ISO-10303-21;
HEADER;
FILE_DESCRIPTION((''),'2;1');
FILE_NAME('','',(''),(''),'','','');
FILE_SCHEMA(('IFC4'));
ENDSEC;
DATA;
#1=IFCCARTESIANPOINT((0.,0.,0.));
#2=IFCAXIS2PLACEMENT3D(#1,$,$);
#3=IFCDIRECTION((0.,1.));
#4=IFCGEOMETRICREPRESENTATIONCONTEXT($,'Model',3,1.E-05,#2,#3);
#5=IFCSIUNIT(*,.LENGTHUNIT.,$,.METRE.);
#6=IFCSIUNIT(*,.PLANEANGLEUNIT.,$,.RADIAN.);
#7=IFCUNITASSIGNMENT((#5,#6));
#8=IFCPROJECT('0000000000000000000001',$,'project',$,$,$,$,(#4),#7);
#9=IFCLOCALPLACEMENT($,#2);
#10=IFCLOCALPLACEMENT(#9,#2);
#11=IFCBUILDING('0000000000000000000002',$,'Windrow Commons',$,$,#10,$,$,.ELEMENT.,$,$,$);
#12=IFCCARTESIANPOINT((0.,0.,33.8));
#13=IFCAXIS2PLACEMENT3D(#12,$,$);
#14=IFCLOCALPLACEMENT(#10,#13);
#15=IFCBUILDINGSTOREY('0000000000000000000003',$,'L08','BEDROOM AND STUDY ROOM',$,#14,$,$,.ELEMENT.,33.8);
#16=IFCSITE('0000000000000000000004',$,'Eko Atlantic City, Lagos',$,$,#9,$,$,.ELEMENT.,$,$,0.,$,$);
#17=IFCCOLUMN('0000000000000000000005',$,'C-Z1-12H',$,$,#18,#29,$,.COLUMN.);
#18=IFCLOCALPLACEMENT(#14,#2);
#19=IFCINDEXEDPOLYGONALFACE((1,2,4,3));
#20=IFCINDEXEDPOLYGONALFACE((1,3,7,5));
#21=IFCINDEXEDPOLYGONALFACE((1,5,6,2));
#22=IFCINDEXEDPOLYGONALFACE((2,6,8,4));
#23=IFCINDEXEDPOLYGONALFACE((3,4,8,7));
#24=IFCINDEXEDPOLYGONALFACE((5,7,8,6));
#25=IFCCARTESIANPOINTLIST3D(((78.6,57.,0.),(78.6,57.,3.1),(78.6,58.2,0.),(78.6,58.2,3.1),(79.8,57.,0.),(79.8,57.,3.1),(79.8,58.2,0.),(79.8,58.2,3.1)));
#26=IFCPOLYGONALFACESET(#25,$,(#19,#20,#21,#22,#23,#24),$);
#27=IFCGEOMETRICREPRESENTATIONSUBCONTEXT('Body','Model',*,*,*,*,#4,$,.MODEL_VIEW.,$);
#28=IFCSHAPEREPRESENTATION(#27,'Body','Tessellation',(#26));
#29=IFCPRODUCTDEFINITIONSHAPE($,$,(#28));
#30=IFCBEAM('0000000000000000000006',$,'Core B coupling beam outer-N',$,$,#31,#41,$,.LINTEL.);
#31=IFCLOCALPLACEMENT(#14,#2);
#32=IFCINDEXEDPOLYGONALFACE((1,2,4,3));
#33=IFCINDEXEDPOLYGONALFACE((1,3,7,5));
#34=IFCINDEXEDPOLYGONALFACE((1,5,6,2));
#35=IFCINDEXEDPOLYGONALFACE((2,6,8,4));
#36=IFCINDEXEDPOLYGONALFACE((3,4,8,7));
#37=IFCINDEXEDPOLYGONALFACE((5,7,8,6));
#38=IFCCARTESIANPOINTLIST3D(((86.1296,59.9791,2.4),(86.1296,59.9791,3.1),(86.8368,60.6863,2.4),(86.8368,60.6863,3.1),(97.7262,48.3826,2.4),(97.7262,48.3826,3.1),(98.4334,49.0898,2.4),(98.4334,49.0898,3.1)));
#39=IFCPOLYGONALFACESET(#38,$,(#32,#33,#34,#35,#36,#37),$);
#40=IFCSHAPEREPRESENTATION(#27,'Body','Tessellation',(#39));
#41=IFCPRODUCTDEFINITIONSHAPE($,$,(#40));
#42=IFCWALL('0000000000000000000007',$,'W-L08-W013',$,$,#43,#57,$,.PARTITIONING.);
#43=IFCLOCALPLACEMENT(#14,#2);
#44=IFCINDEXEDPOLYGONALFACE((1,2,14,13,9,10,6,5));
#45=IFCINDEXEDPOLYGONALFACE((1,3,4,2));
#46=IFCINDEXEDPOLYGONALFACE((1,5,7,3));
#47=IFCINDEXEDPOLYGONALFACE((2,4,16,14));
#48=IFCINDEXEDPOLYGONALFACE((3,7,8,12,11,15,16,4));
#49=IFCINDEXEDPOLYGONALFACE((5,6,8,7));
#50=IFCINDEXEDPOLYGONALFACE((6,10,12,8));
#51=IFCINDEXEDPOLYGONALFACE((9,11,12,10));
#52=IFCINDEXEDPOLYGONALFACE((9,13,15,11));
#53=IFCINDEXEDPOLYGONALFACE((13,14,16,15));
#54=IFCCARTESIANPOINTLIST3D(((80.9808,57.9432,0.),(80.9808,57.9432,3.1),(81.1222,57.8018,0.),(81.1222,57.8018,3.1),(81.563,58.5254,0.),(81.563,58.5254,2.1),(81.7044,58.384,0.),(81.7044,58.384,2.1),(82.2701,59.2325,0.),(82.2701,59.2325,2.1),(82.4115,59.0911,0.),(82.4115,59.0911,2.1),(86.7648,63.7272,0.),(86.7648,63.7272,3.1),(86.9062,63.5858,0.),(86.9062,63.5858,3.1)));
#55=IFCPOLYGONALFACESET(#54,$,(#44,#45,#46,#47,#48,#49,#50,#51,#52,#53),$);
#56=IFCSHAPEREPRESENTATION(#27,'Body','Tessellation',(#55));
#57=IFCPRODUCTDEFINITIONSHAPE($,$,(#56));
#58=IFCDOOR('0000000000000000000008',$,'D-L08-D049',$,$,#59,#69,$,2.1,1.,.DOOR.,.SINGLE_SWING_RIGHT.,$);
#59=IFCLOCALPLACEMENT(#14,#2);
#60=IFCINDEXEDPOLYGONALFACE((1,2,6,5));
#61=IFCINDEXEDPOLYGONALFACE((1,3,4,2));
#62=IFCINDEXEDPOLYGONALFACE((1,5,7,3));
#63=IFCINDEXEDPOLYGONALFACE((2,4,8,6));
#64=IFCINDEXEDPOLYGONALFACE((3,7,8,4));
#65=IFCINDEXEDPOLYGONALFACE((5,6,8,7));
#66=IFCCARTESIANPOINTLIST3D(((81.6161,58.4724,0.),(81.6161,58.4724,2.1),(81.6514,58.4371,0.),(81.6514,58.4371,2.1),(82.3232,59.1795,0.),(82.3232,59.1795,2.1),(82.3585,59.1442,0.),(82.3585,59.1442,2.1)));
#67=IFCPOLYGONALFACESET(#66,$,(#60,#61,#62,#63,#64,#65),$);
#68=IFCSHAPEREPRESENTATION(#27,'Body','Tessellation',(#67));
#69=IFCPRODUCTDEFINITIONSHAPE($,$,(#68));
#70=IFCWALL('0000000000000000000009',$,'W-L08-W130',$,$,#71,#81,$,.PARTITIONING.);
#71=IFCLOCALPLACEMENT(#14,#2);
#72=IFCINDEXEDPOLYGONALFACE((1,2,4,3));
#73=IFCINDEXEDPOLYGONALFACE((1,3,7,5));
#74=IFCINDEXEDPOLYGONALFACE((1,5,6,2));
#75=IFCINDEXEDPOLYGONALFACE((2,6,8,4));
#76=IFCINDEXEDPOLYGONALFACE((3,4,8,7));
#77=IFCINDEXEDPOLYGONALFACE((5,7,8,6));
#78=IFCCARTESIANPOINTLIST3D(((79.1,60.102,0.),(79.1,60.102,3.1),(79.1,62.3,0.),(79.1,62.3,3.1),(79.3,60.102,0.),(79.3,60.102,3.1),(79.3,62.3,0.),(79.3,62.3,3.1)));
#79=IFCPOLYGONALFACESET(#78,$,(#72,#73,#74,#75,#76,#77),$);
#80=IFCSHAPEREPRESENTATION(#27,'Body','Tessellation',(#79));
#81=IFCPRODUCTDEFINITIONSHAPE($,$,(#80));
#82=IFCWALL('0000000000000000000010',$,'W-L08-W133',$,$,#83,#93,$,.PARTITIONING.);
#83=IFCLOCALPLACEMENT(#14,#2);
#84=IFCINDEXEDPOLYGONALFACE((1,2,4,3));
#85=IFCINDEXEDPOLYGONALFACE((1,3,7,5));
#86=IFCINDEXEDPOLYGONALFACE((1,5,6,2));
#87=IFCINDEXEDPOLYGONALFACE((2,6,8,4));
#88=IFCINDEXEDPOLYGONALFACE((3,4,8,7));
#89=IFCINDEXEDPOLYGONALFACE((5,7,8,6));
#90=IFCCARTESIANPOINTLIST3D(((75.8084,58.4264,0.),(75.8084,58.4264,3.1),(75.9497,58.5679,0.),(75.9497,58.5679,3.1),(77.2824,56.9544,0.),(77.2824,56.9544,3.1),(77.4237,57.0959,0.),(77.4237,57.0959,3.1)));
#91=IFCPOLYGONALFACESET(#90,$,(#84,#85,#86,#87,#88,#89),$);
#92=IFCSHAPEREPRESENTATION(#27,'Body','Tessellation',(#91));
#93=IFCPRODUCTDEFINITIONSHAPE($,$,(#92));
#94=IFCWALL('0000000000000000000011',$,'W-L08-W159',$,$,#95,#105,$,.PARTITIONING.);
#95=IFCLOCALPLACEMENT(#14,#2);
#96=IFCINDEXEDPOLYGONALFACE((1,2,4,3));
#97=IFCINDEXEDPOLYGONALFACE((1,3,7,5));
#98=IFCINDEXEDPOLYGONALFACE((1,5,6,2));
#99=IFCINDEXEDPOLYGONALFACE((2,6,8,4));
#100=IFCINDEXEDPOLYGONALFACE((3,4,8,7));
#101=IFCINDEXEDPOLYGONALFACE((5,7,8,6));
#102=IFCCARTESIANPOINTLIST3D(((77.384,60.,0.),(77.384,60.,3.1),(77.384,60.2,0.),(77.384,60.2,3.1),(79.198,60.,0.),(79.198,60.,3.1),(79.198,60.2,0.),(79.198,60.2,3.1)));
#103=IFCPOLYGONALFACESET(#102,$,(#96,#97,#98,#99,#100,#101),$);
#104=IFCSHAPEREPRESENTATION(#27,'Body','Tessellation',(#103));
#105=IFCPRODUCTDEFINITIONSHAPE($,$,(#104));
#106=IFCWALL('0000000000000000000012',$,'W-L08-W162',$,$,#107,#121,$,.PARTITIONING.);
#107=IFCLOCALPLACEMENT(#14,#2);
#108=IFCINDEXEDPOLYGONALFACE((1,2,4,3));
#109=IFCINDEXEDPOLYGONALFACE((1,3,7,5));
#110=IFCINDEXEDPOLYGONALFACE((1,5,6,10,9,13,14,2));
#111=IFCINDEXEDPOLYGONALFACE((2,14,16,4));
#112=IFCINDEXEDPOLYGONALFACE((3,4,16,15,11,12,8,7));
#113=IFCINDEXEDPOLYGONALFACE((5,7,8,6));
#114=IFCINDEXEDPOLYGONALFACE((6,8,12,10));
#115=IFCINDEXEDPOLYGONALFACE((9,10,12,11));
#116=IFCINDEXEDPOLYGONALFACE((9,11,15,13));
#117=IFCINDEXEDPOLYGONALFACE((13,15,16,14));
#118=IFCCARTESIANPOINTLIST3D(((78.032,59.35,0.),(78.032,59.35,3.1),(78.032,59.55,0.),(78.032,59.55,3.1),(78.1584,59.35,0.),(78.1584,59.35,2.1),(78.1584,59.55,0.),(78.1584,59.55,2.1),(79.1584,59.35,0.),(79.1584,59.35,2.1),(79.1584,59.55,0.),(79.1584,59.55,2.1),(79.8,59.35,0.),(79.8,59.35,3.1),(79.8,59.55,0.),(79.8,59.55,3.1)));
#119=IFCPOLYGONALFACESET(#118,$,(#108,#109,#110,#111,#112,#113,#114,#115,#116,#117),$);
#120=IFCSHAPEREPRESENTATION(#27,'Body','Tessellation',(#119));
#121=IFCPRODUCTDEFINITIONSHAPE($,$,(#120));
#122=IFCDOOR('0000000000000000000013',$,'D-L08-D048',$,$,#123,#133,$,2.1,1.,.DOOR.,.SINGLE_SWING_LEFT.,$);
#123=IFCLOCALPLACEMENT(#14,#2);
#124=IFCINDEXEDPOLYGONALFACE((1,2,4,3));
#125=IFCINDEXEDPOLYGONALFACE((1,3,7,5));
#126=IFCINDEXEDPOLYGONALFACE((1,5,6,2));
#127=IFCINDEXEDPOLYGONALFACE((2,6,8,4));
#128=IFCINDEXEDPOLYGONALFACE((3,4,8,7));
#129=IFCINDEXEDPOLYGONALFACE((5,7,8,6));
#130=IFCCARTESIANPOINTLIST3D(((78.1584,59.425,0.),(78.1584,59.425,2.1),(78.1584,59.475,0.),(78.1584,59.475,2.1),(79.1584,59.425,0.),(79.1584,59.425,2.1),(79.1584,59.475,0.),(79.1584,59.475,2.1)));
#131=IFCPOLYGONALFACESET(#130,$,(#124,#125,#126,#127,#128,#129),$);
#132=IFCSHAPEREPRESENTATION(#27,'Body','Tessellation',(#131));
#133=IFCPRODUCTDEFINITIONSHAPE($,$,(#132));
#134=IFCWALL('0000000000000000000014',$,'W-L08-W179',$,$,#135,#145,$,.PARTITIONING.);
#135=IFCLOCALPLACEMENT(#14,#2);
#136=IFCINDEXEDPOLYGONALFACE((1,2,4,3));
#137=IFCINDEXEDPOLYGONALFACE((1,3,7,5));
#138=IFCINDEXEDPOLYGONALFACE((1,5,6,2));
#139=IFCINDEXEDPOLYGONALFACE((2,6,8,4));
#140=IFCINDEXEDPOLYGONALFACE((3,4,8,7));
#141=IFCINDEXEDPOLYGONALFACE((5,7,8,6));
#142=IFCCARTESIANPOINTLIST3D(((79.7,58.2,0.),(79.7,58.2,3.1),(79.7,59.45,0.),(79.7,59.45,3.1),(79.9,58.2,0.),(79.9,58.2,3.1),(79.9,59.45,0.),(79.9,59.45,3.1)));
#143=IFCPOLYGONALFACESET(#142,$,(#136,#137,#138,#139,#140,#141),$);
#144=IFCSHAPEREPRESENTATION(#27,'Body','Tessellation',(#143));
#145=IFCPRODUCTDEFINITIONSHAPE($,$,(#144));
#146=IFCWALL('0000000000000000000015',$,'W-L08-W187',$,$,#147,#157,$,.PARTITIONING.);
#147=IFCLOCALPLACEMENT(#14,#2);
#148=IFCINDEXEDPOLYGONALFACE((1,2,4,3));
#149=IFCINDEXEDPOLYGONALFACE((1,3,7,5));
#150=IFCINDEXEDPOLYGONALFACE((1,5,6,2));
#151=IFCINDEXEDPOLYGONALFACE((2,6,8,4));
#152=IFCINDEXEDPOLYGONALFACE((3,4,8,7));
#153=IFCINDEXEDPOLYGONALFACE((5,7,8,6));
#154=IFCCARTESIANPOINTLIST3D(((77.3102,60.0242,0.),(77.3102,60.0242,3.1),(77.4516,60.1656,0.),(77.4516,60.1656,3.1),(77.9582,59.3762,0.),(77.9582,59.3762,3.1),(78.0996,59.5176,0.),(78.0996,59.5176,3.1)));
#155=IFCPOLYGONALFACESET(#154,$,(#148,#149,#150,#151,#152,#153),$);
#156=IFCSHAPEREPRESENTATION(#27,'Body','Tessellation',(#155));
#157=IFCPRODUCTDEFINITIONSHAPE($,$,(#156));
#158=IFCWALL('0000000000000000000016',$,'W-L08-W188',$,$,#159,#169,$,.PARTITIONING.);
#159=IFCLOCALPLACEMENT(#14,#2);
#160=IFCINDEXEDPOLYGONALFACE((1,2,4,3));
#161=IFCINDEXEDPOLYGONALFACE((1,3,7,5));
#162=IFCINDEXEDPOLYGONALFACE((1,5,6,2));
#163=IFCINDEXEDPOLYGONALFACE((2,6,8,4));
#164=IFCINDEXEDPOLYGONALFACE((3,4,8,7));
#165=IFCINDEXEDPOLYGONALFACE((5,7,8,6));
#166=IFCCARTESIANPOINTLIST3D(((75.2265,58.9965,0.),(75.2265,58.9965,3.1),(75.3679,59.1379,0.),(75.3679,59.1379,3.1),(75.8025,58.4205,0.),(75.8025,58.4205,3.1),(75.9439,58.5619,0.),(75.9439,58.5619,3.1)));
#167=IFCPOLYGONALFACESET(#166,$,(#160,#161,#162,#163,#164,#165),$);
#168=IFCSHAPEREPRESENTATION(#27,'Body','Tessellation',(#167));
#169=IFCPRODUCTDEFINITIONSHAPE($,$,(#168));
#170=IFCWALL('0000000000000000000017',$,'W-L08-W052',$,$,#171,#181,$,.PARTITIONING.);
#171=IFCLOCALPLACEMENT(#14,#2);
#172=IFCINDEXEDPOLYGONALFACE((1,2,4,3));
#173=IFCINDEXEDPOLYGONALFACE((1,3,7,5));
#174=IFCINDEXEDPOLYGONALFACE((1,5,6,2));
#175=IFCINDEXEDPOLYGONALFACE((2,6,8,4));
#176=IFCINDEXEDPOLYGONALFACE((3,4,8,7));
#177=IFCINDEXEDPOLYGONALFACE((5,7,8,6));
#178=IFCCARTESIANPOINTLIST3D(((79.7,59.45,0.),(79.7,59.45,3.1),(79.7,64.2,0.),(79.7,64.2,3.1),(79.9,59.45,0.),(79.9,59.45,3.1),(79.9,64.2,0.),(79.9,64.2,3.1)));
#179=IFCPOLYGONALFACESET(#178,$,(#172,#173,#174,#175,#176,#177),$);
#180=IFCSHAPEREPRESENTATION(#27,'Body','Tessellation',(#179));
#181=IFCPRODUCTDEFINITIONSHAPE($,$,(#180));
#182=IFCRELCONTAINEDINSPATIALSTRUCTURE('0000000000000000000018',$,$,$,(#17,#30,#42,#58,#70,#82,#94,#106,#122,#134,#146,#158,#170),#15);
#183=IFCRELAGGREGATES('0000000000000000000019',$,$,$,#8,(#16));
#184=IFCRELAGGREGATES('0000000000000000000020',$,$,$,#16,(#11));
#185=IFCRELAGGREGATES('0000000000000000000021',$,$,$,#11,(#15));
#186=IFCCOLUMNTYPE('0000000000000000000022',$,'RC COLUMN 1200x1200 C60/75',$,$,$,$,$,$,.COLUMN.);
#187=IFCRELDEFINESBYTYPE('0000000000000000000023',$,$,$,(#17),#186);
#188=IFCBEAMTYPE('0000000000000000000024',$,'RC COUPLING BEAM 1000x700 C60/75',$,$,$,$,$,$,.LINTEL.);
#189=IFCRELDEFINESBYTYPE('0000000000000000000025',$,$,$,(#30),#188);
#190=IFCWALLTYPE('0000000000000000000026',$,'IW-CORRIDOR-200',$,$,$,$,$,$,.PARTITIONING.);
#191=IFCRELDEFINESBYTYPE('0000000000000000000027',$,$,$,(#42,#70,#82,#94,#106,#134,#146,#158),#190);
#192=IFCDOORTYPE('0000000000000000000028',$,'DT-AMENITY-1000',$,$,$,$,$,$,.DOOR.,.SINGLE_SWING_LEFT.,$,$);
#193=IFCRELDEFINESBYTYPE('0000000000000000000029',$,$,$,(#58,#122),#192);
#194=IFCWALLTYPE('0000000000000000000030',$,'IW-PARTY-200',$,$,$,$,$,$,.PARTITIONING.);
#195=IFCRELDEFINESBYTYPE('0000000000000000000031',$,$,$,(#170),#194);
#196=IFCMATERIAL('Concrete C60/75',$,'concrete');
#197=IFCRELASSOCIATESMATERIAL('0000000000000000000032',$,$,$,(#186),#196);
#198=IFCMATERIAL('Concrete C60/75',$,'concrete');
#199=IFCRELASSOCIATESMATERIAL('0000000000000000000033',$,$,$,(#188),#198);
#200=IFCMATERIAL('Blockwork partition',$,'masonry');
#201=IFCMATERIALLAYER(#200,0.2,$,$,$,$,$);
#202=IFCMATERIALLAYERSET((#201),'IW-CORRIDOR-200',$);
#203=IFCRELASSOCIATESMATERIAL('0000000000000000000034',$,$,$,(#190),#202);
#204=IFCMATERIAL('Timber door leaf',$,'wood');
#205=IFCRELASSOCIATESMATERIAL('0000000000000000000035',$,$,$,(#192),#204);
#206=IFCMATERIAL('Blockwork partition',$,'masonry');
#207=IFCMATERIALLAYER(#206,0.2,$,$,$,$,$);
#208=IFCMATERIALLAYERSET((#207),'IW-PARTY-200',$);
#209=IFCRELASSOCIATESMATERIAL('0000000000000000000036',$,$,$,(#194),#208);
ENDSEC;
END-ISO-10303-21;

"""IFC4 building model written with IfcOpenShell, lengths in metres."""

from ifc_helpers import new_model, si_unit, direction, frame, frame_2d, origin, origin_2d, place, context, subcontext, project, spatial, rectangle, extrude, material, layer, layer_set, material_profile, profile_set, type_object, element, fill, save


model = new_model("IFC4")

# Units and contexts
model_context = context("Model", 3, precision=1e-05, world=origin(), true_north=direction((0.0, 1.0)))
body_context = subcontext(model_context, "Body", "Model", "MODEL_VIEW")
ifc_project = project(units=[si_unit("LENGTHUNIT", "METRE"), si_unit("PLANEANGLEUNIT", "RADIAN")], contexts=[model_context])

# Site, building, storey
site_placement = place(None, origin())
site = spatial("IfcSite", under=ifc_project, at=site_placement, Name="Eko Atlantic City, Lagos", CompositionType="ELEMENT", RefElevation=0.0)
building_placement = place(site_placement, origin())
building = spatial("IfcBuilding", under=site, at=building_placement, Name="Windrow Commons", CompositionType="ELEMENT")
storey_placement = place(building_placement, frame((0.0, 0.0, 33.8)))
storey = spatial("IfcBuildingStorey", under=building, at=storey_placement, Name="L08", Description="BEDROOM AND STUDY ROOM", CompositionType="ELEMENT", Elevation=33.8)

# Column
ifc_material_1 = material(Name="Concrete C60/75", Category="concrete")
ifc_material_profile_1 = material_profile(ifc_material_1, rectangle(XDim=1.2, YDim=1.2, at=origin_2d()))
ifc_profile_set_1 = profile_set([ifc_material_profile_1], Name="Concrete C60/75")
column_type = type_object("IfcColumnType", Name="RC COLUMN 1200x1200 C60/75", PredefinedType="COLUMN", material=ifc_profile_set_1)
column_placement = place(storey_placement, frame((79.2, 57.6, 0.0), z_axis=(0.0, 0.0, 1.0), x_axis=(1.0, 0.0, 0.0)))
element("IfcColumn", 1, at=column_placement, inside=storey, type_object=column_type, Name="C-Z1-12H", PredefinedType="COLUMN", context=body_context, shape_type="SweptSolid", body=[
    extrude(rectangle(XDim=1.2, YDim=1.2, at=origin_2d()), origin(), (0.0, 0.0, 1.0), 3.1),
])

# Beam
ifc_material_2 = material(Name="Concrete C60/75", Category="concrete")
ifc_material_profile_2 = material_profile(ifc_material_2, rectangle(XDim=1.0, YDim=0.7, at=origin_2d()))
ifc_profile_set_2 = profile_set([ifc_material_profile_2], Name="Concrete C60/75")
beam_type = type_object("IfcBeamType", Name="RC COUPLING BEAM 1000x700 C60/75", PredefinedType="LINTEL", material=ifc_profile_set_2)
beam_placement = place(storey_placement, frame((86.4832, 60.3327, 2.75), z_axis=(0.70711, -0.707104, 0.0), x_axis=(0.707104, 0.70711, 0.0)))
element("IfcBeam", 2, at=beam_placement, inside=storey, type_object=beam_type, Name="Core B coupling beam outer-N", PredefinedType="LINTEL", context=body_context, shape_type="SweptSolid", body=[
    extrude(rectangle(XDim=1.0, YDim=0.7, at=origin_2d()), origin(), (0.0, 0.0, 1.0), 16.4),
])

# Wall, opening, door
ifc_material_3 = material(Name="Blockwork partition", Category="masonry")
ifc_layer_1 = layer(ifc_material_3, 0.2)
ifc_layer_set_1 = layer_set([ifc_layer_1], Name="IW-CORRIDOR-200")
wall_type_1 = type_object("IfcWallType", Name="IW-CORRIDOR-200", PredefinedType="PARTITIONING", material=ifc_layer_set_1)
wall_1_placement = place(storey_placement, frame((81.0515, 57.8725, 0.0), z_axis=(0.0, 0.0, 1.0), x_axis=(0.707107, 0.707107, 0.0)))
wall_1 = element("IfcWall", 3, at=wall_1_placement, inside=storey, type_object=wall_type_1, Name="W-L08-W013", PredefinedType="PARTITIONING", context=body_context, shape_type="SweptSolid", body=[
    extrude(rectangle(XDim=8.1798, YDim=0.2, at=frame_2d((4.0899, 0.0))), origin(), (0.0, 0.0, 1.0), 3.1),
])
opening_1_placement = place(wall_1_placement, frame((0.8234, 0.0, 0.0)))
opening_1 = element("IfcOpeningElement", 4, at=opening_1_placement, cuts=wall_1, PredefinedType="OPENING", context=body_context, shape_type="SweptSolid", body=[
    extrude(rectangle(XDim=1.0, YDim=2.1, at=frame_2d((0.5, 1.05))), frame((0.0, 0.11, 0.0), z_axis=(0.0, -1.0, 0.0), x_axis=(1.0, 0.0, 0.0)), (0.0, 0.0, 1.0), 0.22),
])
ifc_material_4 = material(Name="Timber door leaf", Category="wood")
door_type_1 = type_object("IfcDoorType", Name="DT-AMENITY-1000", OperationType="SINGLE_SWING_LEFT", PredefinedType="DOOR", material=ifc_material_4)
door_1_placement = place(opening_1_placement, origin())
door_1 = element("IfcDoor", 5, at=door_1_placement, inside=storey, type_object=door_type_1, Name="D-L08-D049", OperationType="SINGLE_SWING_RIGHT", OverallHeight=2.1, OverallWidth=1.0, PredefinedType="DOOR", context=body_context, shape_type="SweptSolid", body=[
    extrude(rectangle(XDim=1.0, YDim=2.1, at=frame_2d((0.5, 1.05))), frame((0.0, 0.025, 0.0), z_axis=(0.0, -1.0, 0.0), x_axis=(1.0, 0.0, 0.0)), (0.0, 0.0, 1.0), 0.05),
])
fill(opening_1, door_1)

# Walls
wall_2_placement = place(storey_placement, frame((79.2, 60.102, 0.0), z_axis=(0.0, 0.0, 1.0), x_axis=(0.0, 1.0, 0.0)))
element("IfcWall", 6, at=wall_2_placement, inside=storey, type_object=wall_type_1, Name="W-L08-W130", PredefinedType="PARTITIONING", context=body_context, shape_type="SweptSolid", body=[
    extrude(rectangle(XDim=2.198, YDim=0.2, at=frame_2d((1.099, 0.0))), origin(), (0.0, 0.0, 1.0), 3.1),
])
wall_3_placement = place(storey_placement, frame((75.8791, 58.4971, 0.0), z_axis=(0.0, 0.0, 1.0), x_axis=(0.707587, -0.706627, 0.0)))
element("IfcWall", 7, at=wall_3_placement, inside=storey, type_object=wall_type_1, Name="W-L08-W133", PredefinedType="PARTITIONING", context=body_context, shape_type="SweptSolid", body=[
    extrude(rectangle(XDim=2.0831, YDim=0.2, at=frame_2d((1.0415, 0.0))), origin(), (0.0, 0.0, 1.0), 3.1),
])
wall_4_placement = place(storey_placement, frame((77.384, 60.1, 0.0), z_axis=(0.0, 0.0, 1.0), x_axis=(1.0, 0.0, 0.0)))
element("IfcWall", 8, at=wall_4_placement, inside=storey, type_object=wall_type_1, Name="W-L08-W159", PredefinedType="PARTITIONING", context=body_context, shape_type="SweptSolid", body=[
    extrude(rectangle(XDim=1.814, YDim=0.2, at=frame_2d((0.907, 0.0))), origin(), (0.0, 0.0, 1.0), 3.1),
])

# Wall, opening, door
wall_5_placement = place(storey_placement, frame((78.032, 59.45, 0.0), z_axis=(0.0, 0.0, 1.0), x_axis=(1.0, 0.0, 0.0)))
wall_5 = element("IfcWall", 9, at=wall_5_placement, inside=storey, type_object=wall_type_1, Name="W-L08-W162", PredefinedType="PARTITIONING", context=body_context, shape_type="SweptSolid", body=[
    extrude(rectangle(XDim=1.768, YDim=0.2, at=frame_2d((0.884, 0.0))), origin(), (0.0, 0.0, 1.0), 3.1),
])
opening_2_placement = place(wall_5_placement, frame((0.1264, 0.0, 0.0)))
opening_2 = element("IfcOpeningElement", 10, at=opening_2_placement, cuts=wall_5, PredefinedType="OPENING", context=body_context, shape_type="SweptSolid", body=[
    extrude(rectangle(XDim=1.0, YDim=2.1, at=frame_2d((0.5, 1.05))), frame((0.0, 0.11, 0.0), z_axis=(0.0, -1.0, 0.0), x_axis=(1.0, 0.0, 0.0)), (0.0, 0.0, 1.0), 0.22),
])
door_2_placement = place(opening_2_placement, origin())
door_2 = element("IfcDoor", 11, at=door_2_placement, inside=storey, type_object=door_type_1, Name="D-L08-D048", OperationType="SINGLE_SWING_LEFT", OverallHeight=2.1, OverallWidth=1.0, PredefinedType="DOOR", context=body_context, shape_type="SweptSolid", body=[
    extrude(rectangle(XDim=1.0, YDim=2.1, at=frame_2d((0.5, 1.05))), frame((0.0, 0.025, 0.0), z_axis=(0.0, -1.0, 0.0), x_axis=(1.0, 0.0, 0.0)), (0.0, 0.0, 1.0), 0.05),
])
fill(opening_2, door_2)

# Walls
wall_6_placement = place(storey_placement, frame((79.8, 58.2, 0.0), z_axis=(0.0, 0.0, 1.0), x_axis=(0.0, 1.0, 0.0)))
element("IfcWall", 12, at=wall_6_placement, inside=storey, type_object=wall_type_1, Name="W-L08-W179", PredefinedType="PARTITIONING", context=body_context, shape_type="SweptSolid", body=[
    extrude(rectangle(XDim=1.25, YDim=0.2, at=frame_2d((0.625, 0.0))), origin(), (0.0, 0.0, 1.0), 3.1),
])
wall_7_placement = place(storey_placement, frame((77.3809, 60.0949, 0.0), z_axis=(0.0, 0.0, 1.0), x_axis=(0.707107, -0.707107, 0.0)))
element("IfcWall", 13, at=wall_7_placement, inside=storey, type_object=wall_type_1, Name="W-L08-W187", PredefinedType="PARTITIONING", context=body_context, shape_type="SweptSolid", body=[
    extrude(rectangle(XDim=0.9164, YDim=0.2, at=frame_2d((0.4582, 0.0))), origin(), (0.0, 0.0, 1.0), 3.1),
])
wall_8_placement = place(storey_placement, frame((75.2972, 59.0672, 0.0), z_axis=(0.0, 0.0, 1.0), x_axis=(0.707107, -0.707107, 0.0)))
element("IfcWall", 14, at=wall_8_placement, inside=storey, type_object=wall_type_1, Name="W-L08-W188", PredefinedType="PARTITIONING", context=body_context, shape_type="SweptSolid", body=[
    extrude(rectangle(XDim=0.8146, YDim=0.2, at=frame_2d((0.4073, 0.0))), origin(), (0.0, 0.0, 1.0), 3.1),
])
ifc_material_5 = material(Name="Blockwork partition", Category="masonry")
ifc_layer_2 = layer(ifc_material_5, 0.2)
ifc_layer_set_2 = layer_set([ifc_layer_2], Name="IW-PARTY-200")
wall_type_2 = type_object("IfcWallType", Name="IW-PARTY-200", PredefinedType="PARTITIONING", material=ifc_layer_set_2)
wall_9_placement = place(storey_placement, frame((79.8, 59.45, 0.0), z_axis=(0.0, 0.0, 1.0), x_axis=(0.0, 1.0, 0.0)))
element("IfcWall", 15, at=wall_9_placement, inside=storey, type_object=wall_type_2, Name="W-L08-W052", PredefinedType="PARTITIONING", context=body_context, shape_type="SweptSolid", body=[
    extrude(rectangle(XDim=4.75, YDim=0.2, at=frame_2d((2.375, 0.0))), origin(), (0.0, 0.0, 1.0), 3.1),
])

save(model, "model.ifc")
